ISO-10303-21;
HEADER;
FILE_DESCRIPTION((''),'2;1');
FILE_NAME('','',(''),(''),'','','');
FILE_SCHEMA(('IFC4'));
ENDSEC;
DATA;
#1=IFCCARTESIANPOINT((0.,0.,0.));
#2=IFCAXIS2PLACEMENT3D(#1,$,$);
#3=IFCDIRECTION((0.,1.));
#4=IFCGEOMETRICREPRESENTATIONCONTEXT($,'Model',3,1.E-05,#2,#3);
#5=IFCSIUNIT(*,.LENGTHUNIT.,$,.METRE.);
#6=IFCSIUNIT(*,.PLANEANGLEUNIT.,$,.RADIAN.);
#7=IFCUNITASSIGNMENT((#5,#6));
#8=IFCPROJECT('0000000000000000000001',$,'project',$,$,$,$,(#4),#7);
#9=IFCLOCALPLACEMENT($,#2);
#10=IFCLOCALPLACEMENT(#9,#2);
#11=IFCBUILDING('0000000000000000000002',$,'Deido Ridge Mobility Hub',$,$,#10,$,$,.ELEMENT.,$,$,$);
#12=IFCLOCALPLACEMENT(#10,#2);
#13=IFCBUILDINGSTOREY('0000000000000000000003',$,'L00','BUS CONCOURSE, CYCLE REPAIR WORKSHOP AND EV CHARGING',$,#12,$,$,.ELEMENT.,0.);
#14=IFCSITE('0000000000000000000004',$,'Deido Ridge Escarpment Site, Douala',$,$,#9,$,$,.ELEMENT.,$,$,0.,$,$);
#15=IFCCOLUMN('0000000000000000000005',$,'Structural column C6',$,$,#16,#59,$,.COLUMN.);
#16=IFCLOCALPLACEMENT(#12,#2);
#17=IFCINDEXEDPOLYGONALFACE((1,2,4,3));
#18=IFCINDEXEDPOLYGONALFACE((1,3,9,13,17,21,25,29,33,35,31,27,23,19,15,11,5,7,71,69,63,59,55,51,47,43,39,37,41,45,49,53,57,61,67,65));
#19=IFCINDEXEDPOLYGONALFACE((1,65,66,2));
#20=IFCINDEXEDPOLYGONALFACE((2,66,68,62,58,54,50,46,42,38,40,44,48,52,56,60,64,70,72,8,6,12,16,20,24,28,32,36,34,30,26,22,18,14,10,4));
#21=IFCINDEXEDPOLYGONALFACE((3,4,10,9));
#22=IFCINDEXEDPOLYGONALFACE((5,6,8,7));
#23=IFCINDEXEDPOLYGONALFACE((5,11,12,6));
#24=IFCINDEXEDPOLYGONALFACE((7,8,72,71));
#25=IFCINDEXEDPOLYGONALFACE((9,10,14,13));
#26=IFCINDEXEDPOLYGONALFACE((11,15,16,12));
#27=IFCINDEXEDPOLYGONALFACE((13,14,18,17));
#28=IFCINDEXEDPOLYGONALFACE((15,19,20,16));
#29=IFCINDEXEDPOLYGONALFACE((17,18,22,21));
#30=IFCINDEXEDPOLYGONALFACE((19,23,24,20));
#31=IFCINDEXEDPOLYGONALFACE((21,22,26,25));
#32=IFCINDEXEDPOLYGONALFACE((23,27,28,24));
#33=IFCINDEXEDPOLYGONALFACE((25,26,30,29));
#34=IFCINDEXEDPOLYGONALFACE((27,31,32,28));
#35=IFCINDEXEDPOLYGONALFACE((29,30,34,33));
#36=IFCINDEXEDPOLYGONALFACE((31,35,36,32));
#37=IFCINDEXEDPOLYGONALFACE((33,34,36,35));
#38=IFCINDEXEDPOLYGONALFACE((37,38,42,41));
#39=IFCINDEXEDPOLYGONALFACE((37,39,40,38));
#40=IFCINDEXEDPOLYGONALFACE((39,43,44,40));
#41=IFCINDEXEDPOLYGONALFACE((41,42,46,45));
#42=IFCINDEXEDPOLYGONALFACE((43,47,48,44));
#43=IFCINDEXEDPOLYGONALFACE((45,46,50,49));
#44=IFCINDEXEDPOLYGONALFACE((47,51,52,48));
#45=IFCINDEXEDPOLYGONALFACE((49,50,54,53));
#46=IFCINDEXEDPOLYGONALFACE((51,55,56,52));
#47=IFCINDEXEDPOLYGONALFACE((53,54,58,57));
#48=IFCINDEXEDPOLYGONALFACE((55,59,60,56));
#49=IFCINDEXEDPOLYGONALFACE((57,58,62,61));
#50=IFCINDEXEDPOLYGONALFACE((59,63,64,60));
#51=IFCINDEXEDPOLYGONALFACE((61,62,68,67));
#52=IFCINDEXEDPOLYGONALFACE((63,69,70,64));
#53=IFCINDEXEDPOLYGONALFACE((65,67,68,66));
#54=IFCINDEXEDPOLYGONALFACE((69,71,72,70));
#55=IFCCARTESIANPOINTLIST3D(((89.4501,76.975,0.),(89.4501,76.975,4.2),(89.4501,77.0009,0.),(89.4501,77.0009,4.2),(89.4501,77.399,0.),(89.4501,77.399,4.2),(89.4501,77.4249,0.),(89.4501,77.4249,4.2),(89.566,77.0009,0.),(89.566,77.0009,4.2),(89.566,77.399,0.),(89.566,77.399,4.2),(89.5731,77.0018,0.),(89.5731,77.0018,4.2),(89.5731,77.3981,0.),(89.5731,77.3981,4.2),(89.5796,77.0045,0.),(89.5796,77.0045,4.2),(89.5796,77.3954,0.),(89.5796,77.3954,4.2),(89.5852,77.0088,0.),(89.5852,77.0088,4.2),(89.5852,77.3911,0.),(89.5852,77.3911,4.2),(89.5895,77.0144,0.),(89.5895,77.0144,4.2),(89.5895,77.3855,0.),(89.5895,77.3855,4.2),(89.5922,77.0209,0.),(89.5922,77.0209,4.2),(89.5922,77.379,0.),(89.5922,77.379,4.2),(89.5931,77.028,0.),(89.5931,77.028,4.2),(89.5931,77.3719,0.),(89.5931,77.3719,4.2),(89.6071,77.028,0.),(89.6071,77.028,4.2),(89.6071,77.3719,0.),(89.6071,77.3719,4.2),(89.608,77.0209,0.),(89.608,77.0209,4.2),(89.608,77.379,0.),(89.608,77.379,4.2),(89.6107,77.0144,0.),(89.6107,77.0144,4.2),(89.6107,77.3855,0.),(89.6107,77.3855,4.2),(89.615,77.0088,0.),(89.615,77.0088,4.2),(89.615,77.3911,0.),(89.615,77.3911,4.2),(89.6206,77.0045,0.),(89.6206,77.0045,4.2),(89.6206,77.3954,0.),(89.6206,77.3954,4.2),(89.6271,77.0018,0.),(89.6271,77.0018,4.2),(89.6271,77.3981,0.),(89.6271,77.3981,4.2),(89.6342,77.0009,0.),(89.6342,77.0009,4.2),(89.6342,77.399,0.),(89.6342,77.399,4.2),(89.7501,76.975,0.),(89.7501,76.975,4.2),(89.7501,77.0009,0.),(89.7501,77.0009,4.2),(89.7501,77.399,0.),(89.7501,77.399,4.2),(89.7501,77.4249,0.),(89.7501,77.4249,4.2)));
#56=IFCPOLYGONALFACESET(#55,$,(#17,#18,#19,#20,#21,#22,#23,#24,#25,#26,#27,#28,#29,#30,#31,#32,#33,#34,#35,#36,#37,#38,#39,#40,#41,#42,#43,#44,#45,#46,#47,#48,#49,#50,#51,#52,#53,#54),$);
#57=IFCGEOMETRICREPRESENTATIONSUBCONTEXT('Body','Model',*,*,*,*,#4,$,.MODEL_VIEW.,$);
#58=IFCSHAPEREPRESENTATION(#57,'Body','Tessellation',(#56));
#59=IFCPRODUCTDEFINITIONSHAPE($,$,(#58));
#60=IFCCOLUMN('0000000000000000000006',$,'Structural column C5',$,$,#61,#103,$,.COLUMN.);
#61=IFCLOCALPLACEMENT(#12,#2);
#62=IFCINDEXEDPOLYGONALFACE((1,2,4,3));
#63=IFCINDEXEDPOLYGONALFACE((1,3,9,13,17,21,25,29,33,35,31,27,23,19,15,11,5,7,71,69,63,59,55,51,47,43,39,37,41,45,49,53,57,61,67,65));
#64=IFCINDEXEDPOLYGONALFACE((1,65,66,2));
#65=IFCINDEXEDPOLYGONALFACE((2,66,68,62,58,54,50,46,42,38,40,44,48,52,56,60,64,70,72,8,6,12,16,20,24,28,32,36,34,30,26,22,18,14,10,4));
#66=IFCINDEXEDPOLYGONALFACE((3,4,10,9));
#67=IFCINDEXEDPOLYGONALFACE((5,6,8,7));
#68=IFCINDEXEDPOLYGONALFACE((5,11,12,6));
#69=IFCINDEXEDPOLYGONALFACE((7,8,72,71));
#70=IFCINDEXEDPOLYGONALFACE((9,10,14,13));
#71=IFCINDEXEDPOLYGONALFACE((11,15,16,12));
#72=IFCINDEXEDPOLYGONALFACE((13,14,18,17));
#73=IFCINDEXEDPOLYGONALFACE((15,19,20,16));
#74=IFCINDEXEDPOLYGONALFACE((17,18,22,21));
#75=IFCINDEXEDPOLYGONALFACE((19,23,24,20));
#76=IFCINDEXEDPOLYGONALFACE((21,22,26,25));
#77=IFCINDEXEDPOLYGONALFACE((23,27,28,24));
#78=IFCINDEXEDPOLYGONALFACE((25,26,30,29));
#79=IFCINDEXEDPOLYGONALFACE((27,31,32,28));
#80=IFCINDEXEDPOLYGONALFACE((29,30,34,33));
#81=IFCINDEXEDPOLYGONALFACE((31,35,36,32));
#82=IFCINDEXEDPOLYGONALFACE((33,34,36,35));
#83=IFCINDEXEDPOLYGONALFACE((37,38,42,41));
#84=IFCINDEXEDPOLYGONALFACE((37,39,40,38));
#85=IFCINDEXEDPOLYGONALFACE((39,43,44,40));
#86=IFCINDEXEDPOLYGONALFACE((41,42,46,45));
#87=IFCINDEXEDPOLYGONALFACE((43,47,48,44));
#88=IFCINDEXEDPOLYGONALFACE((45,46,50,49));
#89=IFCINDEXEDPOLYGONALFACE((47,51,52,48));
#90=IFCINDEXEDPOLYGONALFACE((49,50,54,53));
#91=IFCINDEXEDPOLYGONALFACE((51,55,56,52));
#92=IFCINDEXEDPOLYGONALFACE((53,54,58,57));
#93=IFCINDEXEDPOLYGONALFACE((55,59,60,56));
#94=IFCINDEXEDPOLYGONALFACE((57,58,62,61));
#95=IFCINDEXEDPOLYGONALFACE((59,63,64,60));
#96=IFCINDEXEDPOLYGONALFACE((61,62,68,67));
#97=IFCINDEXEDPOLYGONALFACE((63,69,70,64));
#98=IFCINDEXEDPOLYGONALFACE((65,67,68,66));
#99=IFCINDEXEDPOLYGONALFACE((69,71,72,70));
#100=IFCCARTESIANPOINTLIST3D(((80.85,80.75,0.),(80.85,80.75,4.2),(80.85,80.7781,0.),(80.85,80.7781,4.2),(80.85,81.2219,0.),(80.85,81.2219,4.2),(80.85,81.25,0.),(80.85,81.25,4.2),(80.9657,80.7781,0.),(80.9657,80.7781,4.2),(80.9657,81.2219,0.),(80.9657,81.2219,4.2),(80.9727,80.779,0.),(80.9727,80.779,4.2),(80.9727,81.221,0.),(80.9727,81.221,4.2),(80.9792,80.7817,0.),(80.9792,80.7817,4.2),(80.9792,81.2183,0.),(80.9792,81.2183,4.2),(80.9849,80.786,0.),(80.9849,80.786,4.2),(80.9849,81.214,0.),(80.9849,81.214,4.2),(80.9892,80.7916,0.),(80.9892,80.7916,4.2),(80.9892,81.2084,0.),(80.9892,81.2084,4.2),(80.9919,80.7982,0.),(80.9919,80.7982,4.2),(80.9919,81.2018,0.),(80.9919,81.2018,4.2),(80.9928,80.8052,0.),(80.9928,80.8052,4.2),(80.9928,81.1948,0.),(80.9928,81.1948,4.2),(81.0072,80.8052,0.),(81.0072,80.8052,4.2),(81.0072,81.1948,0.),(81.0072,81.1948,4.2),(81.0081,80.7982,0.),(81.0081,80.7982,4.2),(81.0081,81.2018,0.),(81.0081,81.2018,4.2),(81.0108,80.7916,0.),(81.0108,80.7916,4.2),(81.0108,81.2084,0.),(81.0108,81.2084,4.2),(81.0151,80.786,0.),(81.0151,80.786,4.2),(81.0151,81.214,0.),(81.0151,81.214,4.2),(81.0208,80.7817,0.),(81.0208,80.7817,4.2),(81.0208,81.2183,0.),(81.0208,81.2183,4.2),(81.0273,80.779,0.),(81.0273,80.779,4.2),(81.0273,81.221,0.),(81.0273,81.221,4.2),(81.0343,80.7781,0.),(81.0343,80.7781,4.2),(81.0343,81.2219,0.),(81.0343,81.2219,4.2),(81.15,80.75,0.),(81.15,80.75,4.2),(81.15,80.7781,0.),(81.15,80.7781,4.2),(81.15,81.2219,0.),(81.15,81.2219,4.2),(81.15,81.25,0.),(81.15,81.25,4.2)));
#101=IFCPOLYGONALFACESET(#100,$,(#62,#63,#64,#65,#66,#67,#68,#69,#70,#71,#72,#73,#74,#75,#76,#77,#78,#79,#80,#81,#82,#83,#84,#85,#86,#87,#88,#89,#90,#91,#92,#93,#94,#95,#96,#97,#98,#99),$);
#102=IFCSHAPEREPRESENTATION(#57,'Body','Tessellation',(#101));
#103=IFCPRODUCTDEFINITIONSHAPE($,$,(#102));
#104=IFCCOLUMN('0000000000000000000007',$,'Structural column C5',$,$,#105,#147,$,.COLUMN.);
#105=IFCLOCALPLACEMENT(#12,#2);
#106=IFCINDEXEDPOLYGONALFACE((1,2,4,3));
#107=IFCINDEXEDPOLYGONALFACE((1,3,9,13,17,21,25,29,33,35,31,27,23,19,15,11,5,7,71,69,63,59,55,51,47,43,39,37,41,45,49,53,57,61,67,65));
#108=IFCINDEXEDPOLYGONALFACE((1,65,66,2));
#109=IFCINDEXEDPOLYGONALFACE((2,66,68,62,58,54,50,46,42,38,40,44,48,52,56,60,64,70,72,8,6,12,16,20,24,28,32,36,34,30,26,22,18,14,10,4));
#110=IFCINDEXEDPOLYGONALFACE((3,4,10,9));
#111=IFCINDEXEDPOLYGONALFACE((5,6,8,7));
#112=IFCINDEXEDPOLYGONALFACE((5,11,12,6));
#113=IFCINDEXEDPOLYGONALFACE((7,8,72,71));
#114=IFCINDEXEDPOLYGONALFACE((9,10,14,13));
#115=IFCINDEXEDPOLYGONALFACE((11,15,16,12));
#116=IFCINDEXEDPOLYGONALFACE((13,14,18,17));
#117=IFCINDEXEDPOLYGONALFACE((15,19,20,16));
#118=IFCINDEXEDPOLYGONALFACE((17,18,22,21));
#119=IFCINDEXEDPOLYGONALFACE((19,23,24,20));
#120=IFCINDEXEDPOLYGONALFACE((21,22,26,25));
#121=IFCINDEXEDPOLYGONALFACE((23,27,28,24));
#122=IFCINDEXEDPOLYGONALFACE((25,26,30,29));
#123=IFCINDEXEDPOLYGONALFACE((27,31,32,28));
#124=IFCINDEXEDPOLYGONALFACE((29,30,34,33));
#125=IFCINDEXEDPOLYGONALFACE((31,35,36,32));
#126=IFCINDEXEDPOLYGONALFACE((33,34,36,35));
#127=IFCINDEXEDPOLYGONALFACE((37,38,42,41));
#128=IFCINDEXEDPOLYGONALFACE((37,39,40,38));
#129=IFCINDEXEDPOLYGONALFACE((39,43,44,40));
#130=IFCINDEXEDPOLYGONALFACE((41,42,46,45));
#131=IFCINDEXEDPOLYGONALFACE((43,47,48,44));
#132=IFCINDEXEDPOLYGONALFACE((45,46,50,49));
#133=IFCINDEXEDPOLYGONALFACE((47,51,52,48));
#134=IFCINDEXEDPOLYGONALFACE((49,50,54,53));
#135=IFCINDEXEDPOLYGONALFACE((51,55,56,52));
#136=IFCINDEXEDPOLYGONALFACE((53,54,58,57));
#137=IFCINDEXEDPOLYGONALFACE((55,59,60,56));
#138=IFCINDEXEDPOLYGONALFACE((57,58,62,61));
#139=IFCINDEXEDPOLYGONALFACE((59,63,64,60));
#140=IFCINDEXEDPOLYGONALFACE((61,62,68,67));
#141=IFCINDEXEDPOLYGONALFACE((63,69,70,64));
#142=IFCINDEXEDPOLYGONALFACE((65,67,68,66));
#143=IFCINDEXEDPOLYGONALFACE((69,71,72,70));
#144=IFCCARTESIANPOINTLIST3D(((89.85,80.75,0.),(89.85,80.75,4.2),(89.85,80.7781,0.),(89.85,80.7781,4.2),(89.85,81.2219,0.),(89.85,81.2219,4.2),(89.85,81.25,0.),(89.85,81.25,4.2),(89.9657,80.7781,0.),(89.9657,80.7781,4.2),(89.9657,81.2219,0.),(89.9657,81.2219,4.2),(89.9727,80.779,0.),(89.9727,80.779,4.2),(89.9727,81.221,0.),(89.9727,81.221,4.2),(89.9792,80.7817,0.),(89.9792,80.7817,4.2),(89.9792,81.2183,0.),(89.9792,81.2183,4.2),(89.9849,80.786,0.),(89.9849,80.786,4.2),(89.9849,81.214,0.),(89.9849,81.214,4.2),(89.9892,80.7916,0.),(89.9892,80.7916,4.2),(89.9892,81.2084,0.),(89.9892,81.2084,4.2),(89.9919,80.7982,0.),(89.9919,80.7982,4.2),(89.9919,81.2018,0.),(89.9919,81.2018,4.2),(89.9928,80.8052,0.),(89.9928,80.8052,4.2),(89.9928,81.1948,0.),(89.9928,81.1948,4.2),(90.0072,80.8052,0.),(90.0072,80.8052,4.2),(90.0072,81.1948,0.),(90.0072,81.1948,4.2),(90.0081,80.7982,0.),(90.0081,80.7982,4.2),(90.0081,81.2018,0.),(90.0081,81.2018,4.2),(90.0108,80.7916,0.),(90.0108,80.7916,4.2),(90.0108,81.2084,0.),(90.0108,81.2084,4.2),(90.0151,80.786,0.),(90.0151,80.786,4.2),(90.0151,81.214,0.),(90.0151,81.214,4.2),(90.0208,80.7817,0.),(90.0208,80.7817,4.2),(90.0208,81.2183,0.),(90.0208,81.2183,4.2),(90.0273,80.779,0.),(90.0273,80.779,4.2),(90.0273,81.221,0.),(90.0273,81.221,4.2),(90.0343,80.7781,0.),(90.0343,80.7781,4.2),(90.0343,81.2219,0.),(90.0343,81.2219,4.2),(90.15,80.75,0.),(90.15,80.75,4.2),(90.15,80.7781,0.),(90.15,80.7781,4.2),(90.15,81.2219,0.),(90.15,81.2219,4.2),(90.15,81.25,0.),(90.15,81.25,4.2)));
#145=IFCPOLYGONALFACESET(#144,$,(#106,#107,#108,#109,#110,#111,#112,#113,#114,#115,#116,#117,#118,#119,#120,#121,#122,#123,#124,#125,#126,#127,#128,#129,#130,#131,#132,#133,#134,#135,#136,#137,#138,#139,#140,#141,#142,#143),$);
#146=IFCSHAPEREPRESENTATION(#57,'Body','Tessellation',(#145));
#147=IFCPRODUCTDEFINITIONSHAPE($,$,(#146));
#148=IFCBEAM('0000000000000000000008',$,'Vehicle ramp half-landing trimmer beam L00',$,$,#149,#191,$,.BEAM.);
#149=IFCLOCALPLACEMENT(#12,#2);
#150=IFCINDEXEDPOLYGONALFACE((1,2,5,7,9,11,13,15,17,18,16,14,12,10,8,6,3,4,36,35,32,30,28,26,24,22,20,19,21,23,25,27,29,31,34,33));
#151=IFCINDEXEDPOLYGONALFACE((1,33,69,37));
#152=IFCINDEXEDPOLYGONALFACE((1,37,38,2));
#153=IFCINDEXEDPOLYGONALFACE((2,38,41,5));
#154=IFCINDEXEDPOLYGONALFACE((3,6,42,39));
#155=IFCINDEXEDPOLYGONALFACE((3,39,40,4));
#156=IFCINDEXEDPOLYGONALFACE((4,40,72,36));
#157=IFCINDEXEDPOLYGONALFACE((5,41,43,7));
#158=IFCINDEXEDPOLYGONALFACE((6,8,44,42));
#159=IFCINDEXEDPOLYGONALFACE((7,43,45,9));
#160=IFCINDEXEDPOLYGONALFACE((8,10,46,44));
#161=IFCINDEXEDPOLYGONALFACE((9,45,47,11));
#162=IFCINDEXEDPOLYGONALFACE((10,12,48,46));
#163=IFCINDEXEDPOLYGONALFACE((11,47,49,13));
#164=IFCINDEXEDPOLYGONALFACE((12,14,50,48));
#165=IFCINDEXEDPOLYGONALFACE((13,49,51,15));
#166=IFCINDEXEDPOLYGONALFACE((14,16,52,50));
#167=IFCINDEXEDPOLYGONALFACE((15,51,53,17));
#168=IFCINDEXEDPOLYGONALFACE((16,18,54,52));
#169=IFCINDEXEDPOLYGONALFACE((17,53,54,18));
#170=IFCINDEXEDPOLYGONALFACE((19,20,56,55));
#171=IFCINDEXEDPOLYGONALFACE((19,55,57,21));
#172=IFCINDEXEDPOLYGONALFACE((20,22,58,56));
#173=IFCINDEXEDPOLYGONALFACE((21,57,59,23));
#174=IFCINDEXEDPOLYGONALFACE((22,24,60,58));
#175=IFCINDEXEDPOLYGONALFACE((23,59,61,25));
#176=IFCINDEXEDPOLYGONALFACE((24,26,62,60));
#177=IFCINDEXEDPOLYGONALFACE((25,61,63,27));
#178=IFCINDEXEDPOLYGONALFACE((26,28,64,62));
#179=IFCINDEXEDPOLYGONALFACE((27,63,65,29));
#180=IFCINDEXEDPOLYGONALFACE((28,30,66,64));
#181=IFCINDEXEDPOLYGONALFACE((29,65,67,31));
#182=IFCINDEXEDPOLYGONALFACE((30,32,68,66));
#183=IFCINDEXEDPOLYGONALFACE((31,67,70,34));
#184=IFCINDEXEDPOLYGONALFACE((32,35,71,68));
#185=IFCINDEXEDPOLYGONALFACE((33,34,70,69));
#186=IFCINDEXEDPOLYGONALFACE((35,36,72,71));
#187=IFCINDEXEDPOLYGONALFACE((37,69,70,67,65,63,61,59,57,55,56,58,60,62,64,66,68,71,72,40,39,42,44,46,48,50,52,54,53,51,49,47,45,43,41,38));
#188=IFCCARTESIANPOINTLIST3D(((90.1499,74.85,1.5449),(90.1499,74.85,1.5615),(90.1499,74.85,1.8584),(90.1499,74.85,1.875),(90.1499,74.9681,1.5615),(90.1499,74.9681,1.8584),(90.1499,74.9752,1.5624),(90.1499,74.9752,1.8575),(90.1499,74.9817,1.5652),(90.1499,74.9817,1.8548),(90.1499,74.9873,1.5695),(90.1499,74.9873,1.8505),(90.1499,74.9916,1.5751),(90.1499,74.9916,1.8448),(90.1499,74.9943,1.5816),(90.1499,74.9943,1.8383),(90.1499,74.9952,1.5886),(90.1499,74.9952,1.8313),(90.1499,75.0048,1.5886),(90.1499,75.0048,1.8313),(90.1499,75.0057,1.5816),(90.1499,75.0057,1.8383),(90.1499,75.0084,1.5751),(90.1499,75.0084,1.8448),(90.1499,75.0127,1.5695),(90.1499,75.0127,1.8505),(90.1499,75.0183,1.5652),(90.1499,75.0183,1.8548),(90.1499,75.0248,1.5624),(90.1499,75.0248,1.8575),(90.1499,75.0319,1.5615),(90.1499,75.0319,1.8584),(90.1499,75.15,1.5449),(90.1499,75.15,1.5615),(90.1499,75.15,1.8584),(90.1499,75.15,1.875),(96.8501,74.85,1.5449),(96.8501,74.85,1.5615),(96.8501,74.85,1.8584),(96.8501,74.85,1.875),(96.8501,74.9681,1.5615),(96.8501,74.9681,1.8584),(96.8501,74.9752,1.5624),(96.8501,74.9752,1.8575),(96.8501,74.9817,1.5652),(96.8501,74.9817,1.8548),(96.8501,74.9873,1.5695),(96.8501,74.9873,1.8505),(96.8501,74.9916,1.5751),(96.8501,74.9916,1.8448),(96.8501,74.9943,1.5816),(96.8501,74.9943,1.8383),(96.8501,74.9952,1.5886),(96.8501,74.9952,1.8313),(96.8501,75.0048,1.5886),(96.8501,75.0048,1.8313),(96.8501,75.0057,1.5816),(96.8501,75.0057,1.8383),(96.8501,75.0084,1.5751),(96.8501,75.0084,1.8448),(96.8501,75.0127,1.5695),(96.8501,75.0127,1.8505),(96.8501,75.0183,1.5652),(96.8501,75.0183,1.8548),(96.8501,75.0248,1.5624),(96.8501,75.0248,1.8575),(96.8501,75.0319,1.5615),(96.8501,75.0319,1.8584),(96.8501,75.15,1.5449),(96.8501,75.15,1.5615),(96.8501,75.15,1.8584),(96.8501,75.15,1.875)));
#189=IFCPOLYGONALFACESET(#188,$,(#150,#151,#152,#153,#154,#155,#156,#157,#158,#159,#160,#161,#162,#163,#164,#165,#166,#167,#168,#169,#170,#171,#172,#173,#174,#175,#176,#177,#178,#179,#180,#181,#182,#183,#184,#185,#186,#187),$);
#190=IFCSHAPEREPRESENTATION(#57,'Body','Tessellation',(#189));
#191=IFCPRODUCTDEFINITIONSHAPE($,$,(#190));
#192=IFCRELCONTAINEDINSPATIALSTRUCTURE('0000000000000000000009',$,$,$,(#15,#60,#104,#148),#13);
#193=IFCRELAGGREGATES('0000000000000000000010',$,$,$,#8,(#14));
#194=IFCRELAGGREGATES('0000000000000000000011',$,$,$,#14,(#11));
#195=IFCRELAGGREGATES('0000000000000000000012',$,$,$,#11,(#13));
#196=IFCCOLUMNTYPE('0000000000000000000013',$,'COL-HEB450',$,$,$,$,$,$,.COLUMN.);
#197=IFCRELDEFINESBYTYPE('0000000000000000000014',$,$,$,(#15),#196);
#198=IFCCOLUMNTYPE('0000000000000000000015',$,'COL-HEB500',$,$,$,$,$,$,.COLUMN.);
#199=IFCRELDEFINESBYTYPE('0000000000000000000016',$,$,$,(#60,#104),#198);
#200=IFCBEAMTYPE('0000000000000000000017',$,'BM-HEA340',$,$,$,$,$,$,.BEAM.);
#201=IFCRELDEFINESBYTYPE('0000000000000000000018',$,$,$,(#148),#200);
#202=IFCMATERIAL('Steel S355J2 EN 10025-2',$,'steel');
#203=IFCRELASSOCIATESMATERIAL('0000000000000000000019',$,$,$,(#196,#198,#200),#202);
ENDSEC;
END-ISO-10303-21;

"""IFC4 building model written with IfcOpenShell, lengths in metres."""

from ifc_helpers import new_model, si_unit, direction, frame, origin, origin_2d, place, context, subcontext, project, spatial, i_section, extrude, material, material_profile, profile_set, type_object, element, save


model = new_model("IFC4")

# Units and contexts
model_context = context("Model", 3, precision=1e-05, world=origin(), true_north=direction((0.0, 1.0)))
body_context = subcontext(model_context, "Body", "Model", "MODEL_VIEW")
ifc_project = project(units=[si_unit("LENGTHUNIT", "METRE"), si_unit("PLANEANGLEUNIT", "RADIAN")], contexts=[model_context])

# Site, building, storey
site_placement = place(None, origin())
site = spatial("IfcSite", under=ifc_project, at=site_placement, Name="Deido Ridge Escarpment Site, Douala", CompositionType="ELEMENT", RefElevation=0.0)
building_placement = place(site_placement, origin())
building = spatial("IfcBuilding", under=site, at=building_placement, Name="Deido Ridge Mobility Hub", CompositionType="ELEMENT")
storey_placement = place(building_placement, origin())
storey = spatial("IfcBuildingStorey", under=building, at=storey_placement, Name="L00", Description="BUS CONCOURSE, CYCLE REPAIR WORKSHOP AND EV CHARGING", CompositionType="ELEMENT", Elevation=0.0)

# Columns
ifc_material_1 = material(Name="Steel S355J2 EN 10025-2", Category="steel")
ifc_material_profile_1 = material_profile(ifc_material_1, i_section(OverallWidth=0.3, OverallDepth=0.45, WebThickness=0.0139, FlangeThickness=0.0259, FilletRadius=0.0271, at=origin_2d()), Name="HEB 450")
ifc_profile_set_1 = profile_set([ifc_material_profile_1], Name="Steel S355J2 EN 10025-2")
column_type_1 = type_object("IfcColumnType", Name="COL-HEB450", PredefinedType="COLUMN", material=ifc_profile_set_1)
for number, where, z_axis, x_axis, name in (
    (1, (89.6001, 77.2, 0.0), (0.0, 0.0, 1.0), (1.0, 0.0, 0.0), "Structural column C6"),
):
    element("IfcColumn", number, at=place(storey_placement, frame(where, z_axis=z_axis, x_axis=x_axis)), inside=storey, type_object=column_type_1, Name=name, PredefinedType="COLUMN", context=body_context, shape_type="SweptSolid", body=[
        extrude(i_section(OverallWidth=0.3, OverallDepth=0.45, WebThickness=0.0139, FlangeThickness=0.0259, FilletRadius=0.0271, at=origin_2d()), origin(), (0.0, 0.0, 1.0), 4.2),
    ])
ifc_material_profile_2 = material_profile(ifc_material_1, i_section(OverallWidth=0.3, OverallDepth=0.5, WebThickness=0.0144, FlangeThickness=0.0281, FilletRadius=0.0271, at=origin_2d()), Name="HEB 500")
ifc_profile_set_2 = profile_set([ifc_material_profile_2], Name="Steel S355J2 EN 10025-2")
column_type_2 = type_object("IfcColumnType", Name="COL-HEB500", PredefinedType="COLUMN", material=ifc_profile_set_2)
for number, where, z_axis, x_axis, name in (
    (2, (81.0, 81.0, 0.0), (0.0, 0.0, 1.0), (1.0, 0.0, 0.0), "Structural column C5"),
    (3, (90.0, 81.0, 0.0), (0.0, 0.0, 1.0), (1.0, 0.0, 0.0), "Structural column C5"),
):
    element("IfcColumn", number, at=place(storey_placement, frame(where, z_axis=z_axis, x_axis=x_axis)), inside=storey, type_object=column_type_2, Name=name, PredefinedType="COLUMN", context=body_context, shape_type="SweptSolid", body=[
        extrude(i_section(OverallWidth=0.3, OverallDepth=0.5, WebThickness=0.0144, FlangeThickness=0.0281, FilletRadius=0.0271, at=origin_2d()), origin(), (0.0, 0.0, 1.0), 4.2),
    ])

# Beam
ifc_material_profile_3 = material_profile(ifc_material_1, i_section(OverallWidth=0.3, OverallDepth=0.3301, WebThickness=0.0095, FlangeThickness=0.0166, FilletRadius=0.0271, at=origin_2d()), Name="HEA 340")
ifc_profile_set_3 = profile_set([ifc_material_profile_3], Name="Steel S355J2 EN 10025-2")
beam_type_1 = type_object("IfcBeamType", Name="BM-HEA340", PredefinedType="BEAM", material=ifc_profile_set_3)
beam_1_placement = place(storey_placement, frame((90.1499, 75.0, 1.71), z_axis=(1.0, 0.0, 0.0), x_axis=(0.0, 1.0, 0.0)))
element("IfcBeam", 4, at=beam_1_placement, inside=storey, type_object=beam_type_1, Name="Vehicle ramp half-landing trimmer beam L00", PredefinedType="BEAM", context=body_context, shape_type="SweptSolid", body=[
    extrude(i_section(OverallWidth=0.3, OverallDepth=0.3301, WebThickness=0.0095, FlangeThickness=0.0166, FilletRadius=0.0271, at=origin_2d()), origin(), (0.0, 0.0, 1.0), 6.7002),
])

save(model, "model.ifc")
